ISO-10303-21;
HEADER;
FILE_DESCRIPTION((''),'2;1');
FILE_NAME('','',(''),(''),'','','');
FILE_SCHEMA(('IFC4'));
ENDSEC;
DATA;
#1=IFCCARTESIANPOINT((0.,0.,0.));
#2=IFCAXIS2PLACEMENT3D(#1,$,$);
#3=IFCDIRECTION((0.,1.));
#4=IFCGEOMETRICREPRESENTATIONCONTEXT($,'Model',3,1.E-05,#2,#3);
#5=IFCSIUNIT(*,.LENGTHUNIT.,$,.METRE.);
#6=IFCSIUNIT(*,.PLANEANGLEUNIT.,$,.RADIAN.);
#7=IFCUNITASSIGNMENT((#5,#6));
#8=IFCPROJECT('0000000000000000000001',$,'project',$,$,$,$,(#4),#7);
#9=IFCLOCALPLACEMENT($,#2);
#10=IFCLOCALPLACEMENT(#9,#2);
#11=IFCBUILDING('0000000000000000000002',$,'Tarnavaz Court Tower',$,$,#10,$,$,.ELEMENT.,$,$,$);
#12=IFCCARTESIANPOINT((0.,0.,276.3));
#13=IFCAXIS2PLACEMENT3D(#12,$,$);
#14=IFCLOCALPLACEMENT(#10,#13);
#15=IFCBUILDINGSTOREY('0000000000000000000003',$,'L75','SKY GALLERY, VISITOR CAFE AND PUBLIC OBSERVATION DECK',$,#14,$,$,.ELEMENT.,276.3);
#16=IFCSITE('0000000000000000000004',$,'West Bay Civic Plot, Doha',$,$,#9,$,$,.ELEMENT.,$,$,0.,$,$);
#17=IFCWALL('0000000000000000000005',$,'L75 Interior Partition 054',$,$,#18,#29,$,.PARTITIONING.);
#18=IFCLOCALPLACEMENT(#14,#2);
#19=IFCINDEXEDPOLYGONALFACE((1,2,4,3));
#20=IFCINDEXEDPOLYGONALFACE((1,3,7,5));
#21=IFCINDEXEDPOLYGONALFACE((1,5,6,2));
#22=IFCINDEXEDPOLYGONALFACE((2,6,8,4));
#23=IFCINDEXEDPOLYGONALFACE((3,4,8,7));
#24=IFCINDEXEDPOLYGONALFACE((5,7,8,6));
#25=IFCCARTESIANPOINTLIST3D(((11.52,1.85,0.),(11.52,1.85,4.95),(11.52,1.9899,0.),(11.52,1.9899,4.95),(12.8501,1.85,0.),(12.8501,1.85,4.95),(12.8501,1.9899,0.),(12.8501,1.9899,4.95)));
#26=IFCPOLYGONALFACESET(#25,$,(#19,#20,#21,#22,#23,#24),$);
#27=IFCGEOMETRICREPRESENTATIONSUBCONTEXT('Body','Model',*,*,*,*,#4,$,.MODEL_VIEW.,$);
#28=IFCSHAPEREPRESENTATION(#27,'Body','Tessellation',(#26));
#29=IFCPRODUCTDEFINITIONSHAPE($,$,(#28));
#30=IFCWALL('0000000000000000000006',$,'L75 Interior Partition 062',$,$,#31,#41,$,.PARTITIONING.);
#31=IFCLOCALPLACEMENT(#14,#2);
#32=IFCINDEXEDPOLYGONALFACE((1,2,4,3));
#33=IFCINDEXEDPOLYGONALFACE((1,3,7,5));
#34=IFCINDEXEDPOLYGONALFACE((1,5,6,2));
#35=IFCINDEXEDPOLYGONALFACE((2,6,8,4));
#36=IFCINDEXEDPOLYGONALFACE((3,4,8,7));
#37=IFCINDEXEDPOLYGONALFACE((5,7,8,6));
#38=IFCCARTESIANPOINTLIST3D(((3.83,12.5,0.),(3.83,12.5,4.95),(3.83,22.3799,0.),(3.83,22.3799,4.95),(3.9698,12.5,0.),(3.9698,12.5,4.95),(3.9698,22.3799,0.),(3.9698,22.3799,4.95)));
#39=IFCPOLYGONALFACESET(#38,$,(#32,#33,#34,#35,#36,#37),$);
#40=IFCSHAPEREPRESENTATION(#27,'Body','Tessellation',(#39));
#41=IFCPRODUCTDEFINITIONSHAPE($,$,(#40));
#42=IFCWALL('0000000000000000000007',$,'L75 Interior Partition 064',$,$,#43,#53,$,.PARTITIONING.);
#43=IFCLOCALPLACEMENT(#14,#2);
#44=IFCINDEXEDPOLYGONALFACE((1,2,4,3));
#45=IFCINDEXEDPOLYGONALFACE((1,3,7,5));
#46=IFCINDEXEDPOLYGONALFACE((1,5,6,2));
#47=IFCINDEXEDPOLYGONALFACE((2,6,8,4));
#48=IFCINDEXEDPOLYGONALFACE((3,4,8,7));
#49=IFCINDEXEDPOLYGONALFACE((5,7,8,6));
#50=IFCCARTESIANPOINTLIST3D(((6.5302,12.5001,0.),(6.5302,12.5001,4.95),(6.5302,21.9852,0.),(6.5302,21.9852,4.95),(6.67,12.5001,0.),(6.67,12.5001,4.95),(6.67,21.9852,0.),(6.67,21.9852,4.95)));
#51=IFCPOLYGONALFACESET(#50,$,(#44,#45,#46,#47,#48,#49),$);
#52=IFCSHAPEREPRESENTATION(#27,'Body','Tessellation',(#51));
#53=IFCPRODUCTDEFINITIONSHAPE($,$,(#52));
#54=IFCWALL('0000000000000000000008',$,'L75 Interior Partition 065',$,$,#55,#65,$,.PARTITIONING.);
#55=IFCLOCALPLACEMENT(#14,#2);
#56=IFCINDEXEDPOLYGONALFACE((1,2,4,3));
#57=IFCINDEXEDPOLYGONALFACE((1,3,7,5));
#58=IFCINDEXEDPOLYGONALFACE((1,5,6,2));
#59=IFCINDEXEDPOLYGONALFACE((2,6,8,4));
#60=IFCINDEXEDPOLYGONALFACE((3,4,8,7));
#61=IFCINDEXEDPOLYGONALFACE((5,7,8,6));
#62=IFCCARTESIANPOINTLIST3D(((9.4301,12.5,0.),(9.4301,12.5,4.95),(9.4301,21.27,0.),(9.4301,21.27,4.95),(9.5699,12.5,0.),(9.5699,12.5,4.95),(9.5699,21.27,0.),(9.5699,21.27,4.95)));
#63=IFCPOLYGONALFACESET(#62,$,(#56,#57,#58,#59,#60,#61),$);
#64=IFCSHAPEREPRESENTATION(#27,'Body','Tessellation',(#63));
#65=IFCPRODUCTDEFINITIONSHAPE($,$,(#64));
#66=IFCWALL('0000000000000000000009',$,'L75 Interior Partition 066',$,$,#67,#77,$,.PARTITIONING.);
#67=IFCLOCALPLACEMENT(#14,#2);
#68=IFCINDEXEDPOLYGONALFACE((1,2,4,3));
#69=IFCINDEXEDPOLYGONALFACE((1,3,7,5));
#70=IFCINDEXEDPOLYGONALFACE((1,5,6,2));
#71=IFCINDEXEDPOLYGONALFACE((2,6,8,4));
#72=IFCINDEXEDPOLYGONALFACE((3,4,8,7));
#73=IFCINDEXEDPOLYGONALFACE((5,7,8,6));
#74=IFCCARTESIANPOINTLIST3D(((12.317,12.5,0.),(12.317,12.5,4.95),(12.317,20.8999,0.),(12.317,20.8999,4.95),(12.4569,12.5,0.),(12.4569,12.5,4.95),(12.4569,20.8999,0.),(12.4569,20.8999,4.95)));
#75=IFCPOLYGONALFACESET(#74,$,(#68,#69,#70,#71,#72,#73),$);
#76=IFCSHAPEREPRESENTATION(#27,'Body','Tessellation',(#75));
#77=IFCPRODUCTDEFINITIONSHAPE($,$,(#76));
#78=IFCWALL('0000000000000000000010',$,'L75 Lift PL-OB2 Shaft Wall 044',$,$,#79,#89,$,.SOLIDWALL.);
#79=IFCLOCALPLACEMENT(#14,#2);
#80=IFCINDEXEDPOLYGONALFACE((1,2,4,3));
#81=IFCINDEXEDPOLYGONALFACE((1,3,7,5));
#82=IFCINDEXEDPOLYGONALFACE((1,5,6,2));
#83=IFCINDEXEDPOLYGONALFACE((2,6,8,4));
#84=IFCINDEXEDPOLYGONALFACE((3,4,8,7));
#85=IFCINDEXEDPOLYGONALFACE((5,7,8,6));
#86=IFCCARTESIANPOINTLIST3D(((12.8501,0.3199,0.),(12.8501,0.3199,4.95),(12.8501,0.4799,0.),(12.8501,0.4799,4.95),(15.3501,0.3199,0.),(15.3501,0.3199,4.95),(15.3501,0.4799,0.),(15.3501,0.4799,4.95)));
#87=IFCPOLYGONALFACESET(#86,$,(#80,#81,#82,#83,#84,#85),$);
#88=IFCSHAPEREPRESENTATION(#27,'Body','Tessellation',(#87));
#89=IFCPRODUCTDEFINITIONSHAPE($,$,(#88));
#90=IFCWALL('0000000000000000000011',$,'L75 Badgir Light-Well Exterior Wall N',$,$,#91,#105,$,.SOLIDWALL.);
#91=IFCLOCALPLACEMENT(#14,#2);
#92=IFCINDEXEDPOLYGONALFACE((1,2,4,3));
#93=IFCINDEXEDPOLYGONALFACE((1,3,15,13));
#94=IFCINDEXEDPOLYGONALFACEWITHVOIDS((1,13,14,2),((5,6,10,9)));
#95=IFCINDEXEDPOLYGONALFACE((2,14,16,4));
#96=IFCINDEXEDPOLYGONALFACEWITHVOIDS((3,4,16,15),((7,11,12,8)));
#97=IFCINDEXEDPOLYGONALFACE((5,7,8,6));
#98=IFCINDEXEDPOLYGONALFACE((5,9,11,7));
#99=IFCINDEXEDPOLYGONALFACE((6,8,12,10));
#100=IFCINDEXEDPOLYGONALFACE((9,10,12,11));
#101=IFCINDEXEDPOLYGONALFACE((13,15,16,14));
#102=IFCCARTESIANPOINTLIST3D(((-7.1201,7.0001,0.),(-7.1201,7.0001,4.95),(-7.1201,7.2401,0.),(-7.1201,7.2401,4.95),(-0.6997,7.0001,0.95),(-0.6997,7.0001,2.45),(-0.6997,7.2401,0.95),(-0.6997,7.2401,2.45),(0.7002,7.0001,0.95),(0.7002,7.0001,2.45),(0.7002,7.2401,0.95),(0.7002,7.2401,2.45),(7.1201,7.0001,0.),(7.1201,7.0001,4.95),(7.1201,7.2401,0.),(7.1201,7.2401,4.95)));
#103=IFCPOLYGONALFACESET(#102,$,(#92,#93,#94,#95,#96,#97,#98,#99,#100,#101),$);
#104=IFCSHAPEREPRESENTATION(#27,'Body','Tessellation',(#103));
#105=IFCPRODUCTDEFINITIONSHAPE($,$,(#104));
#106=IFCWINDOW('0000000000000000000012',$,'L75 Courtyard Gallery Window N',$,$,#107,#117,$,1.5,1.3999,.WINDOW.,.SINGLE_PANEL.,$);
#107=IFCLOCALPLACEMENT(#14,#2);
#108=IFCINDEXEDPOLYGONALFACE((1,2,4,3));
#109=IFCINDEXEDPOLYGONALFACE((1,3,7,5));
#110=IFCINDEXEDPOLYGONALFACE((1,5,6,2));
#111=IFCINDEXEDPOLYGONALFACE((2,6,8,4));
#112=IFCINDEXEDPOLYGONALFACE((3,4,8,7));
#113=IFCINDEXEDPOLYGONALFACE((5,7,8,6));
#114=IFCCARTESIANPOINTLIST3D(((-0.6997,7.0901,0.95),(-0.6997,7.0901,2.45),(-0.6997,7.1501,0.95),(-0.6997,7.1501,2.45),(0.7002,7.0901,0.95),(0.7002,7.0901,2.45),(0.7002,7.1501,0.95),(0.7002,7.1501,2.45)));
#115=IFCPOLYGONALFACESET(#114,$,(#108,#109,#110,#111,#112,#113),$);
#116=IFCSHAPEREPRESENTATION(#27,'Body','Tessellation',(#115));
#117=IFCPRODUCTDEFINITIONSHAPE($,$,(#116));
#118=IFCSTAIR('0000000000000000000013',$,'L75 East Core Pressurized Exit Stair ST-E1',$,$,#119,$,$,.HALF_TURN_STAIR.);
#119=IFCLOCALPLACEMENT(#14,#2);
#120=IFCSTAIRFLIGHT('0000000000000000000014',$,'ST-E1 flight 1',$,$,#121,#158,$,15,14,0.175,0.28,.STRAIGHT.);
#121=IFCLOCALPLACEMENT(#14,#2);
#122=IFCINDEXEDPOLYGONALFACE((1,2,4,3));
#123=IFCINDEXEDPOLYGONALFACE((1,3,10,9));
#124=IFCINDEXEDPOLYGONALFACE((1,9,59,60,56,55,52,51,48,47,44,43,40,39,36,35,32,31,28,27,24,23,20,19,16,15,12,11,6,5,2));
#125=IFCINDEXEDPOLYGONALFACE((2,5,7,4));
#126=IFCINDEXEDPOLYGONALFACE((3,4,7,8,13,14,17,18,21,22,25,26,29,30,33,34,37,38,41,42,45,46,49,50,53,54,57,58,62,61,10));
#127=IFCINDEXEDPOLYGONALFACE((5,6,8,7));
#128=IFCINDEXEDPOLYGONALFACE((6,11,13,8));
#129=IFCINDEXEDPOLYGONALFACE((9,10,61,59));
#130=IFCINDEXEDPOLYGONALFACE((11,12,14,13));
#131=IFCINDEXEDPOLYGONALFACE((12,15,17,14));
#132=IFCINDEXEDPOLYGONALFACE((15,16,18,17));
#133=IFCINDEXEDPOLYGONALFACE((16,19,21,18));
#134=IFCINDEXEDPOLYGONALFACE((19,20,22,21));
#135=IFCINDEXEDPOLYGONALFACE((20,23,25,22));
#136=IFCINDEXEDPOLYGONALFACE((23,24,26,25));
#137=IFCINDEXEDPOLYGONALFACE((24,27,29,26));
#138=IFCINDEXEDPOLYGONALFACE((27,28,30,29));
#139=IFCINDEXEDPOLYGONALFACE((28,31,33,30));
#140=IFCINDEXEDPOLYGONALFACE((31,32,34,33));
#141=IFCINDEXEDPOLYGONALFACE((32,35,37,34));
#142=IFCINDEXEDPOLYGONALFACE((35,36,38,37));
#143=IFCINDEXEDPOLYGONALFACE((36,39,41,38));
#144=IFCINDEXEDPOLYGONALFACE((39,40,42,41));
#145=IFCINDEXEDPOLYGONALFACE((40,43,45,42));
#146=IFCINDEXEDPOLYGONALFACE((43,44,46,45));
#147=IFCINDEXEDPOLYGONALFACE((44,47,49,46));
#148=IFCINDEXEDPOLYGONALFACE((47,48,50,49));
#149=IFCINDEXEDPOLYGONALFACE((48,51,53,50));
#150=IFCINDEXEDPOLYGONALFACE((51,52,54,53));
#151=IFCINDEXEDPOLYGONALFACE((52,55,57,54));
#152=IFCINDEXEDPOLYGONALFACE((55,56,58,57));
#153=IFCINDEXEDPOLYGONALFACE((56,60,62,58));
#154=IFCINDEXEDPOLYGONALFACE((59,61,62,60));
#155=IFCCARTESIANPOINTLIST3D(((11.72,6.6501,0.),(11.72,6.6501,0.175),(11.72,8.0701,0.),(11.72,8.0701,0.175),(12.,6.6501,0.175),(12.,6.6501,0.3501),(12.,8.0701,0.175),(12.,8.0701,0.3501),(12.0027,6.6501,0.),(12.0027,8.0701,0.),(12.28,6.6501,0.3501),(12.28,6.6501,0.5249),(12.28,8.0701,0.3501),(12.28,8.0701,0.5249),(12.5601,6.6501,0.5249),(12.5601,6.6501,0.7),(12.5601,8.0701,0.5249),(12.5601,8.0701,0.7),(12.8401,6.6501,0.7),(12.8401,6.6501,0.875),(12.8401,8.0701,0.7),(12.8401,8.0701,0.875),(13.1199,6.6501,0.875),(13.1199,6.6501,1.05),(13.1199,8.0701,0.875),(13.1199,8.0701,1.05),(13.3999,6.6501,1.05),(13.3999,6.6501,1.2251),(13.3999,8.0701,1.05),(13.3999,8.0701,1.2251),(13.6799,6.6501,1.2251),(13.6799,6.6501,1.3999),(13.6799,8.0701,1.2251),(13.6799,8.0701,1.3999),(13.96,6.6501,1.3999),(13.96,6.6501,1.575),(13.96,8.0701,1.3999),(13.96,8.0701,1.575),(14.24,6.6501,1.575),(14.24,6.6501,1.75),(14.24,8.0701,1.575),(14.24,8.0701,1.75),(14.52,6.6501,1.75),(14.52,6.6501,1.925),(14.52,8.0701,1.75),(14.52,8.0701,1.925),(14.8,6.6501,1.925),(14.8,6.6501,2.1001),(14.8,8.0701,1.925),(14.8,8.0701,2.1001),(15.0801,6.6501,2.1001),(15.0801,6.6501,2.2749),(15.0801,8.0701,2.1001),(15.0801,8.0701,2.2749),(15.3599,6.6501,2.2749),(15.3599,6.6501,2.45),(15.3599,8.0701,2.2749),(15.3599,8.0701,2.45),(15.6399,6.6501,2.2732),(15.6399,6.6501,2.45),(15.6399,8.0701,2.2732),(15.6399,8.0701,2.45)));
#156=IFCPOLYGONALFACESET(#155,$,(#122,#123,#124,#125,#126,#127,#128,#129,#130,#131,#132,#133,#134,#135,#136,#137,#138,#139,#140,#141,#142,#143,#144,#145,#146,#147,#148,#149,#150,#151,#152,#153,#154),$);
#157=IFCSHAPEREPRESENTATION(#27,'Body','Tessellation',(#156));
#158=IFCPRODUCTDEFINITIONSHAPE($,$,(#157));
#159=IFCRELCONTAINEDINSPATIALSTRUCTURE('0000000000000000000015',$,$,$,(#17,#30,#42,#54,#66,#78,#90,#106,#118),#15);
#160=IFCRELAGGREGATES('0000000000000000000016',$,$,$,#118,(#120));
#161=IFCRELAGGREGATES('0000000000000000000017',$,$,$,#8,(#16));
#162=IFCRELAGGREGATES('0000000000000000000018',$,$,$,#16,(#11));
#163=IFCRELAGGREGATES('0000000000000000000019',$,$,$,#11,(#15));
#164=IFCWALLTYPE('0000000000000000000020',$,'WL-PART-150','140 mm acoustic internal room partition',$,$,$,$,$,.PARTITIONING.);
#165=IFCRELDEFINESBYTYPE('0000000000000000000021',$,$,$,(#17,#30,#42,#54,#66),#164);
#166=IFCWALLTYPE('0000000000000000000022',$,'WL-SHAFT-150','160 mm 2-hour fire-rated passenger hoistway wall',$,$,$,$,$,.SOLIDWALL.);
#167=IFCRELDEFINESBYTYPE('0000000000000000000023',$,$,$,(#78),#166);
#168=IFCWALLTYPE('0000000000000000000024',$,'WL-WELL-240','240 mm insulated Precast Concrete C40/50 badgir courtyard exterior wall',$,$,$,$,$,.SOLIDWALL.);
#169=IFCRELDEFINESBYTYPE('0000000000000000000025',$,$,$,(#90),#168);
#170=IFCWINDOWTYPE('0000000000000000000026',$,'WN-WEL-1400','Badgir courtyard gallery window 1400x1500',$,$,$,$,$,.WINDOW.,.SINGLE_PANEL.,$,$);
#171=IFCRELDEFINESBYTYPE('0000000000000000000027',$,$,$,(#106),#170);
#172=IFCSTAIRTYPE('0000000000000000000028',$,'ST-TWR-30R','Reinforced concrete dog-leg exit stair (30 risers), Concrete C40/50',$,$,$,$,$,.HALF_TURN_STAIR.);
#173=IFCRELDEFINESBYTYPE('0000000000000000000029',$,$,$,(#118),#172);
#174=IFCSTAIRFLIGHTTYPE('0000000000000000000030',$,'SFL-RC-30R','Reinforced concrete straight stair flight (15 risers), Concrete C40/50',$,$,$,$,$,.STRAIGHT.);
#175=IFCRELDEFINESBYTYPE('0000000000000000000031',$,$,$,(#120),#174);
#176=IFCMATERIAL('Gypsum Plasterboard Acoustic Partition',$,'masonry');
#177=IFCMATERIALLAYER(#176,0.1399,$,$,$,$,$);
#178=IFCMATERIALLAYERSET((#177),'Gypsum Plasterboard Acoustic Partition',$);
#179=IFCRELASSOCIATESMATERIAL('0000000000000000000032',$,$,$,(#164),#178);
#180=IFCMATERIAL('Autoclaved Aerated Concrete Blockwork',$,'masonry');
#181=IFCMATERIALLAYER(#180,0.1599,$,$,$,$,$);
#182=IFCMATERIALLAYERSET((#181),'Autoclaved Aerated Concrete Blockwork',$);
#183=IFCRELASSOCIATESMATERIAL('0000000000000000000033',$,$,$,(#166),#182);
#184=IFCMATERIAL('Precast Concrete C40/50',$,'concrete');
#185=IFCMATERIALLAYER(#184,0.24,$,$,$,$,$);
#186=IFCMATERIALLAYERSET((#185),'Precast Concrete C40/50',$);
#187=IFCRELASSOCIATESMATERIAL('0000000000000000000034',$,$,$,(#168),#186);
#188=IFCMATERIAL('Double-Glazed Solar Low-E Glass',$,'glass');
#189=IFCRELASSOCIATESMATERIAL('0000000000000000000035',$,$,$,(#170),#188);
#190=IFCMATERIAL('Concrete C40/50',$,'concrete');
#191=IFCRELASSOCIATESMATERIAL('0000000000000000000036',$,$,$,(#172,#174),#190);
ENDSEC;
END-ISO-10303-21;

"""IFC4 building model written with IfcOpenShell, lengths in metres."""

from ifc_helpers import new_model, si_unit, direction, frame, frame_2d, origin, place, context, subcontext, project, spatial, polyline, rectangle, outline, extrude, material, layer, layer_set, type_object, element, fill, aggregate, save


model = new_model("IFC4")

# Units and contexts
model_context = context("Model", 3, precision=1e-05, world=origin(), true_north=direction((0.0, 1.0)))
body_context = subcontext(model_context, "Body", "Model", "MODEL_VIEW")
ifc_project = project(units=[si_unit("LENGTHUNIT", "METRE"), si_unit("PLANEANGLEUNIT", "RADIAN")], contexts=[model_context])

# Site, building, storey
site_placement = place(None, origin())
site = spatial("IfcSite", under=ifc_project, at=site_placement, Name="West Bay Civic Plot, Doha", CompositionType="ELEMENT", RefElevation=0.0)
building_placement = place(site_placement, origin())
building = spatial("IfcBuilding", under=site, at=building_placement, Name="Tarnavaz Court Tower", CompositionType="ELEMENT")
storey_placement = place(building_placement, frame((0.0, 0.0, 276.3)))
storey = spatial("IfcBuildingStorey", under=building, at=storey_placement, Name="L75", Description="SKY GALLERY, VISITOR CAFE AND PUBLIC OBSERVATION DECK", CompositionType="ELEMENT", Elevation=276.3)

# Shared definitions
ifc_material_1 = material(Name="Autoclaved Aerated Concrete Blockwork", Category="masonry")

# Walls
ifc_material_2 = material(Name="Gypsum Plasterboard Acoustic Partition", Category="masonry")
ifc_layer_1 = layer(ifc_material_2, 0.1399)
ifc_layer_set_1 = layer_set([ifc_layer_1], Name="Gypsum Plasterboard Acoustic Partition")
wall_type_1 = type_object("IfcWallType", Name="WL-PART-150", Description="140 mm acoustic internal room partition", PredefinedType="PARTITIONING", material=ifc_layer_set_1)
wall_1_placement = place(storey_placement, frame((11.52, 1.9199, 0.0), z_axis=(0.0, 0.0, 1.0), x_axis=(1.0, 0.0, 0.0)))
element("IfcWall", 1, at=wall_1_placement, inside=storey, type_object=wall_type_1, Name="L75 Interior Partition 054", PredefinedType="PARTITIONING", context=body_context, shape_type="SweptSolid", body=[
    extrude(rectangle(XDim=1.3301, YDim=0.1399, at=frame_2d((0.665, 0.0))), origin(), (0.0, 0.0, 1.0), 4.95),
])
wall_2_placement = place(storey_placement, frame((3.8999, 12.5, 0.0), z_axis=(0.0, 0.0, 1.0), x_axis=(0.0, 1.0, 0.0)))
element("IfcWall", 2, at=wall_2_placement, inside=storey, type_object=wall_type_1, Name="L75 Interior Partition 062", PredefinedType="PARTITIONING", context=body_context, shape_type="SweptSolid", body=[
    extrude(rectangle(XDim=9.8799, YDim=0.1399, at=frame_2d((4.9399, 0.0))), origin(), (0.0, 0.0, 1.0), 4.95),
])
wall_3_placement = place(storey_placement, frame((6.6001, 12.5, 0.0), z_axis=(0.0, 0.0, 1.0), x_axis=(0.0, 1.0, 0.0)))
element("IfcWall", 3, at=wall_3_placement, inside=storey, type_object=wall_type_1, Name="L75 Interior Partition 064", PredefinedType="PARTITIONING", context=body_context, shape_type="SweptSolid", body=[
    extrude(rectangle(XDim=9.4851, YDim=0.1399, at=frame_2d((4.7427, 0.0))), origin(), (0.0, 0.0, 1.0), 4.95),
])
wall_4_placement = place(storey_placement, frame((9.5, 12.5, 0.0), z_axis=(0.0, 0.0, 1.0), x_axis=(0.0, 1.0, 0.0)))
element("IfcWall", 4, at=wall_4_placement, inside=storey, type_object=wall_type_1, Name="L75 Interior Partition 065", PredefinedType="PARTITIONING", context=body_context, shape_type="SweptSolid", body=[
    extrude(rectangle(XDim=8.77, YDim=0.1399, at=frame_2d((4.385, 0.0))), origin(), (0.0, 0.0, 1.0), 4.95),
])
wall_5_placement = place(storey_placement, frame((12.387, 12.5, 0.0), z_axis=(0.0, 0.0, 1.0), x_axis=(0.0, 1.0, 0.0)))
element("IfcWall", 5, at=wall_5_placement, inside=storey, type_object=wall_type_1, Name="L75 Interior Partition 066", PredefinedType="PARTITIONING", context=body_context, shape_type="SweptSolid", body=[
    extrude(rectangle(XDim=8.3999, YDim=0.1399, at=frame_2d((4.2, 0.0))), origin(), (0.0, 0.0, 1.0), 4.95),
])
ifc_layer_2 = layer(ifc_material_1, 0.1599)
ifc_layer_set_2 = layer_set([ifc_layer_2], Name="Autoclaved Aerated Concrete Blockwork")
wall_type_2 = type_object("IfcWallType", Name="WL-SHAFT-150", Description="160 mm 2-hour fire-rated passenger hoistway wall", PredefinedType="SOLIDWALL", material=ifc_layer_set_2)
wall_6_placement = place(storey_placement, frame((12.8501, 0.3999, 0.0), z_axis=(0.0, 0.0, 1.0), x_axis=(1.0, 0.0, 0.0)))
element("IfcWall", 6, at=wall_6_placement, inside=storey, type_object=wall_type_2, Name="L75 Lift PL-OB2 Shaft Wall 044", PredefinedType="SOLIDWALL", context=body_context, shape_type="SweptSolid", body=[
    extrude(rectangle(XDim=2.5, YDim=0.1599, at=frame_2d((1.25, 0.0))), origin(), (0.0, 0.0, 1.0), 4.95),
])

# Wall, opening, window
ifc_material_3 = material(Name="Precast Concrete C40/50", Category="concrete")
ifc_layer_3 = layer(ifc_material_3, 0.24)
ifc_layer_set_3 = layer_set([ifc_layer_3], Name="Precast Concrete C40/50")
wall_type_3 = type_object("IfcWallType", Name="WL-WELL-240", Description="240 mm insulated Precast Concrete C40/50 badgir courtyard exterior wall", PredefinedType="SOLIDWALL", material=ifc_layer_set_3)
wall_7_placement = place(storey_placement, frame((7.1201, 7.1201, 0.0), z_axis=(0.0, 0.0, 1.0), x_axis=(-1.0, 0.0, 0.0)))
wall_7 = element("IfcWall", 7, at=wall_7_placement, inside=storey, type_object=wall_type_3, Name="L75 Badgir Light-Well Exterior Wall N", PredefinedType="SOLIDWALL", context=body_context, shape_type="SweptSolid", body=[
    extrude(rectangle(XDim=14.2402, YDim=0.24, at=frame_2d((7.1201, 0.0))), origin(), (0.0, 0.0, 1.0), 4.95),
])
opening_1_placement = place(wall_7_placement, frame((6.4199, 0.0, 0.95)))
opening_1 = element("IfcOpeningElement", 8, at=opening_1_placement, cuts=wall_7, PredefinedType="OPENING", context=body_context, shape_type="SweptSolid", body=[
    extrude(rectangle(XDim=1.3999, YDim=1.5, at=frame_2d((0.7, 0.75))), frame((0.0, 0.1299, 0.0), z_axis=(0.0, -1.0, 0.0), x_axis=(1.0, 0.0, 0.0)), (0.0, 0.0, 1.0), 0.26),
])
ifc_material_4 = material(Name="Double-Glazed Solar Low-E Glass", Category="glass")
window_type = type_object("IfcWindowType", Name="WN-WEL-1400", Description="Badgir courtyard gallery window 1400x1500", PartitioningType="SINGLE_PANEL", PredefinedType="WINDOW", material=ifc_material_4)
window_placement = place(opening_1_placement, origin())
window = element("IfcWindow", 9, at=window_placement, inside=storey, type_object=window_type, Name="L75 Courtyard Gallery Window N", OverallHeight=1.5, OverallWidth=1.3999, PartitioningType="SINGLE_PANEL", PredefinedType="WINDOW", context=body_context, shape_type="SweptSolid", body=[
    extrude(rectangle(XDim=1.3999, YDim=1.5, at=frame_2d((0.7, 0.75))), frame((0.0, 0.03, 0.0), z_axis=(0.0, -1.0, 0.0), x_axis=(1.0, 0.0, 0.0)), (0.0, 0.0, 1.0), 0.0601),
])
fill(opening_1, window)

# Stair, stair flight
ifc_material_5 = material(Name="Concrete C40/50", Category="concrete")
stair_type = type_object("IfcStairType", Name="ST-TWR-30R", Description="Reinforced concrete dog-leg exit stair (30 risers), Concrete C40/50", PredefinedType="HALF_TURN_STAIR", material=ifc_material_5)
stair_placement = place(storey_placement, origin())
stair = element("IfcStair", 10, at=stair_placement, inside=storey, type_object=stair_type, Name="L75 East Core Pressurized Exit Stair ST-E1", PredefinedType="HALF_TURN_STAIR")
stair_flight_type = type_object("IfcStairFlightType", Name="SFL-RC-30R", Description="Reinforced concrete straight stair flight (15 risers), Concrete C40/50", PredefinedType="STRAIGHT", material=ifc_material_5)
stair_flight_placement = place(storey_placement, frame((11.72, 7.3601, 0.0), z_axis=(0.0, 0.0, 1.0), x_axis=(1.0, 0.0, 0.0)))
stair_flight = element("IfcStairFlight", 11, at=stair_flight_placement, type_object=stair_flight_type, Name="ST-E1 flight 1", NumberOfRisers=15, NumberOfTreads=14, PredefinedType="STRAIGHT", RiserHeight=0.175, TreadLength=0.28, context=body_context, shape_type="SweptSolid", body=[
    extrude(outline(polyline([(0.0, 0.0), (0.0, 0.175), (0.28, 0.175), (0.28, 0.3501), (0.5601, 0.3501), (0.5601, 0.5249), (0.8401, 0.5249), (0.8401, 0.7), (1.1201, 0.7), (1.1201, 0.875), (1.3999, 0.875), (1.3999, 1.05), (1.6799, 1.05), (1.6799, 1.2251), (1.96, 1.2251), (1.96, 1.3999), (2.24, 1.3999), (2.24, 1.575), (2.52, 1.575), (2.52, 1.75), (2.8, 1.75), (2.8, 1.925), (3.0801, 1.925), (3.0801, 2.1001), (3.3601, 2.1001), (3.3601, 2.2749), (3.6399, 2.2749), (3.6399, 2.45), (3.9199, 2.45), (3.9199, 2.625), (3.9199, 2.2732), (0.2827, 0.0), (0.0, 0.0)])), frame((0.0, 0.71, 0.0), z_axis=(0.0, -1.0, 0.0), x_axis=(1.0, 0.0, 0.0)), (0.0, 0.0, 1.0), 1.4199),
])
aggregate(stair, [stair_flight])

save(model, "model.ifc")
